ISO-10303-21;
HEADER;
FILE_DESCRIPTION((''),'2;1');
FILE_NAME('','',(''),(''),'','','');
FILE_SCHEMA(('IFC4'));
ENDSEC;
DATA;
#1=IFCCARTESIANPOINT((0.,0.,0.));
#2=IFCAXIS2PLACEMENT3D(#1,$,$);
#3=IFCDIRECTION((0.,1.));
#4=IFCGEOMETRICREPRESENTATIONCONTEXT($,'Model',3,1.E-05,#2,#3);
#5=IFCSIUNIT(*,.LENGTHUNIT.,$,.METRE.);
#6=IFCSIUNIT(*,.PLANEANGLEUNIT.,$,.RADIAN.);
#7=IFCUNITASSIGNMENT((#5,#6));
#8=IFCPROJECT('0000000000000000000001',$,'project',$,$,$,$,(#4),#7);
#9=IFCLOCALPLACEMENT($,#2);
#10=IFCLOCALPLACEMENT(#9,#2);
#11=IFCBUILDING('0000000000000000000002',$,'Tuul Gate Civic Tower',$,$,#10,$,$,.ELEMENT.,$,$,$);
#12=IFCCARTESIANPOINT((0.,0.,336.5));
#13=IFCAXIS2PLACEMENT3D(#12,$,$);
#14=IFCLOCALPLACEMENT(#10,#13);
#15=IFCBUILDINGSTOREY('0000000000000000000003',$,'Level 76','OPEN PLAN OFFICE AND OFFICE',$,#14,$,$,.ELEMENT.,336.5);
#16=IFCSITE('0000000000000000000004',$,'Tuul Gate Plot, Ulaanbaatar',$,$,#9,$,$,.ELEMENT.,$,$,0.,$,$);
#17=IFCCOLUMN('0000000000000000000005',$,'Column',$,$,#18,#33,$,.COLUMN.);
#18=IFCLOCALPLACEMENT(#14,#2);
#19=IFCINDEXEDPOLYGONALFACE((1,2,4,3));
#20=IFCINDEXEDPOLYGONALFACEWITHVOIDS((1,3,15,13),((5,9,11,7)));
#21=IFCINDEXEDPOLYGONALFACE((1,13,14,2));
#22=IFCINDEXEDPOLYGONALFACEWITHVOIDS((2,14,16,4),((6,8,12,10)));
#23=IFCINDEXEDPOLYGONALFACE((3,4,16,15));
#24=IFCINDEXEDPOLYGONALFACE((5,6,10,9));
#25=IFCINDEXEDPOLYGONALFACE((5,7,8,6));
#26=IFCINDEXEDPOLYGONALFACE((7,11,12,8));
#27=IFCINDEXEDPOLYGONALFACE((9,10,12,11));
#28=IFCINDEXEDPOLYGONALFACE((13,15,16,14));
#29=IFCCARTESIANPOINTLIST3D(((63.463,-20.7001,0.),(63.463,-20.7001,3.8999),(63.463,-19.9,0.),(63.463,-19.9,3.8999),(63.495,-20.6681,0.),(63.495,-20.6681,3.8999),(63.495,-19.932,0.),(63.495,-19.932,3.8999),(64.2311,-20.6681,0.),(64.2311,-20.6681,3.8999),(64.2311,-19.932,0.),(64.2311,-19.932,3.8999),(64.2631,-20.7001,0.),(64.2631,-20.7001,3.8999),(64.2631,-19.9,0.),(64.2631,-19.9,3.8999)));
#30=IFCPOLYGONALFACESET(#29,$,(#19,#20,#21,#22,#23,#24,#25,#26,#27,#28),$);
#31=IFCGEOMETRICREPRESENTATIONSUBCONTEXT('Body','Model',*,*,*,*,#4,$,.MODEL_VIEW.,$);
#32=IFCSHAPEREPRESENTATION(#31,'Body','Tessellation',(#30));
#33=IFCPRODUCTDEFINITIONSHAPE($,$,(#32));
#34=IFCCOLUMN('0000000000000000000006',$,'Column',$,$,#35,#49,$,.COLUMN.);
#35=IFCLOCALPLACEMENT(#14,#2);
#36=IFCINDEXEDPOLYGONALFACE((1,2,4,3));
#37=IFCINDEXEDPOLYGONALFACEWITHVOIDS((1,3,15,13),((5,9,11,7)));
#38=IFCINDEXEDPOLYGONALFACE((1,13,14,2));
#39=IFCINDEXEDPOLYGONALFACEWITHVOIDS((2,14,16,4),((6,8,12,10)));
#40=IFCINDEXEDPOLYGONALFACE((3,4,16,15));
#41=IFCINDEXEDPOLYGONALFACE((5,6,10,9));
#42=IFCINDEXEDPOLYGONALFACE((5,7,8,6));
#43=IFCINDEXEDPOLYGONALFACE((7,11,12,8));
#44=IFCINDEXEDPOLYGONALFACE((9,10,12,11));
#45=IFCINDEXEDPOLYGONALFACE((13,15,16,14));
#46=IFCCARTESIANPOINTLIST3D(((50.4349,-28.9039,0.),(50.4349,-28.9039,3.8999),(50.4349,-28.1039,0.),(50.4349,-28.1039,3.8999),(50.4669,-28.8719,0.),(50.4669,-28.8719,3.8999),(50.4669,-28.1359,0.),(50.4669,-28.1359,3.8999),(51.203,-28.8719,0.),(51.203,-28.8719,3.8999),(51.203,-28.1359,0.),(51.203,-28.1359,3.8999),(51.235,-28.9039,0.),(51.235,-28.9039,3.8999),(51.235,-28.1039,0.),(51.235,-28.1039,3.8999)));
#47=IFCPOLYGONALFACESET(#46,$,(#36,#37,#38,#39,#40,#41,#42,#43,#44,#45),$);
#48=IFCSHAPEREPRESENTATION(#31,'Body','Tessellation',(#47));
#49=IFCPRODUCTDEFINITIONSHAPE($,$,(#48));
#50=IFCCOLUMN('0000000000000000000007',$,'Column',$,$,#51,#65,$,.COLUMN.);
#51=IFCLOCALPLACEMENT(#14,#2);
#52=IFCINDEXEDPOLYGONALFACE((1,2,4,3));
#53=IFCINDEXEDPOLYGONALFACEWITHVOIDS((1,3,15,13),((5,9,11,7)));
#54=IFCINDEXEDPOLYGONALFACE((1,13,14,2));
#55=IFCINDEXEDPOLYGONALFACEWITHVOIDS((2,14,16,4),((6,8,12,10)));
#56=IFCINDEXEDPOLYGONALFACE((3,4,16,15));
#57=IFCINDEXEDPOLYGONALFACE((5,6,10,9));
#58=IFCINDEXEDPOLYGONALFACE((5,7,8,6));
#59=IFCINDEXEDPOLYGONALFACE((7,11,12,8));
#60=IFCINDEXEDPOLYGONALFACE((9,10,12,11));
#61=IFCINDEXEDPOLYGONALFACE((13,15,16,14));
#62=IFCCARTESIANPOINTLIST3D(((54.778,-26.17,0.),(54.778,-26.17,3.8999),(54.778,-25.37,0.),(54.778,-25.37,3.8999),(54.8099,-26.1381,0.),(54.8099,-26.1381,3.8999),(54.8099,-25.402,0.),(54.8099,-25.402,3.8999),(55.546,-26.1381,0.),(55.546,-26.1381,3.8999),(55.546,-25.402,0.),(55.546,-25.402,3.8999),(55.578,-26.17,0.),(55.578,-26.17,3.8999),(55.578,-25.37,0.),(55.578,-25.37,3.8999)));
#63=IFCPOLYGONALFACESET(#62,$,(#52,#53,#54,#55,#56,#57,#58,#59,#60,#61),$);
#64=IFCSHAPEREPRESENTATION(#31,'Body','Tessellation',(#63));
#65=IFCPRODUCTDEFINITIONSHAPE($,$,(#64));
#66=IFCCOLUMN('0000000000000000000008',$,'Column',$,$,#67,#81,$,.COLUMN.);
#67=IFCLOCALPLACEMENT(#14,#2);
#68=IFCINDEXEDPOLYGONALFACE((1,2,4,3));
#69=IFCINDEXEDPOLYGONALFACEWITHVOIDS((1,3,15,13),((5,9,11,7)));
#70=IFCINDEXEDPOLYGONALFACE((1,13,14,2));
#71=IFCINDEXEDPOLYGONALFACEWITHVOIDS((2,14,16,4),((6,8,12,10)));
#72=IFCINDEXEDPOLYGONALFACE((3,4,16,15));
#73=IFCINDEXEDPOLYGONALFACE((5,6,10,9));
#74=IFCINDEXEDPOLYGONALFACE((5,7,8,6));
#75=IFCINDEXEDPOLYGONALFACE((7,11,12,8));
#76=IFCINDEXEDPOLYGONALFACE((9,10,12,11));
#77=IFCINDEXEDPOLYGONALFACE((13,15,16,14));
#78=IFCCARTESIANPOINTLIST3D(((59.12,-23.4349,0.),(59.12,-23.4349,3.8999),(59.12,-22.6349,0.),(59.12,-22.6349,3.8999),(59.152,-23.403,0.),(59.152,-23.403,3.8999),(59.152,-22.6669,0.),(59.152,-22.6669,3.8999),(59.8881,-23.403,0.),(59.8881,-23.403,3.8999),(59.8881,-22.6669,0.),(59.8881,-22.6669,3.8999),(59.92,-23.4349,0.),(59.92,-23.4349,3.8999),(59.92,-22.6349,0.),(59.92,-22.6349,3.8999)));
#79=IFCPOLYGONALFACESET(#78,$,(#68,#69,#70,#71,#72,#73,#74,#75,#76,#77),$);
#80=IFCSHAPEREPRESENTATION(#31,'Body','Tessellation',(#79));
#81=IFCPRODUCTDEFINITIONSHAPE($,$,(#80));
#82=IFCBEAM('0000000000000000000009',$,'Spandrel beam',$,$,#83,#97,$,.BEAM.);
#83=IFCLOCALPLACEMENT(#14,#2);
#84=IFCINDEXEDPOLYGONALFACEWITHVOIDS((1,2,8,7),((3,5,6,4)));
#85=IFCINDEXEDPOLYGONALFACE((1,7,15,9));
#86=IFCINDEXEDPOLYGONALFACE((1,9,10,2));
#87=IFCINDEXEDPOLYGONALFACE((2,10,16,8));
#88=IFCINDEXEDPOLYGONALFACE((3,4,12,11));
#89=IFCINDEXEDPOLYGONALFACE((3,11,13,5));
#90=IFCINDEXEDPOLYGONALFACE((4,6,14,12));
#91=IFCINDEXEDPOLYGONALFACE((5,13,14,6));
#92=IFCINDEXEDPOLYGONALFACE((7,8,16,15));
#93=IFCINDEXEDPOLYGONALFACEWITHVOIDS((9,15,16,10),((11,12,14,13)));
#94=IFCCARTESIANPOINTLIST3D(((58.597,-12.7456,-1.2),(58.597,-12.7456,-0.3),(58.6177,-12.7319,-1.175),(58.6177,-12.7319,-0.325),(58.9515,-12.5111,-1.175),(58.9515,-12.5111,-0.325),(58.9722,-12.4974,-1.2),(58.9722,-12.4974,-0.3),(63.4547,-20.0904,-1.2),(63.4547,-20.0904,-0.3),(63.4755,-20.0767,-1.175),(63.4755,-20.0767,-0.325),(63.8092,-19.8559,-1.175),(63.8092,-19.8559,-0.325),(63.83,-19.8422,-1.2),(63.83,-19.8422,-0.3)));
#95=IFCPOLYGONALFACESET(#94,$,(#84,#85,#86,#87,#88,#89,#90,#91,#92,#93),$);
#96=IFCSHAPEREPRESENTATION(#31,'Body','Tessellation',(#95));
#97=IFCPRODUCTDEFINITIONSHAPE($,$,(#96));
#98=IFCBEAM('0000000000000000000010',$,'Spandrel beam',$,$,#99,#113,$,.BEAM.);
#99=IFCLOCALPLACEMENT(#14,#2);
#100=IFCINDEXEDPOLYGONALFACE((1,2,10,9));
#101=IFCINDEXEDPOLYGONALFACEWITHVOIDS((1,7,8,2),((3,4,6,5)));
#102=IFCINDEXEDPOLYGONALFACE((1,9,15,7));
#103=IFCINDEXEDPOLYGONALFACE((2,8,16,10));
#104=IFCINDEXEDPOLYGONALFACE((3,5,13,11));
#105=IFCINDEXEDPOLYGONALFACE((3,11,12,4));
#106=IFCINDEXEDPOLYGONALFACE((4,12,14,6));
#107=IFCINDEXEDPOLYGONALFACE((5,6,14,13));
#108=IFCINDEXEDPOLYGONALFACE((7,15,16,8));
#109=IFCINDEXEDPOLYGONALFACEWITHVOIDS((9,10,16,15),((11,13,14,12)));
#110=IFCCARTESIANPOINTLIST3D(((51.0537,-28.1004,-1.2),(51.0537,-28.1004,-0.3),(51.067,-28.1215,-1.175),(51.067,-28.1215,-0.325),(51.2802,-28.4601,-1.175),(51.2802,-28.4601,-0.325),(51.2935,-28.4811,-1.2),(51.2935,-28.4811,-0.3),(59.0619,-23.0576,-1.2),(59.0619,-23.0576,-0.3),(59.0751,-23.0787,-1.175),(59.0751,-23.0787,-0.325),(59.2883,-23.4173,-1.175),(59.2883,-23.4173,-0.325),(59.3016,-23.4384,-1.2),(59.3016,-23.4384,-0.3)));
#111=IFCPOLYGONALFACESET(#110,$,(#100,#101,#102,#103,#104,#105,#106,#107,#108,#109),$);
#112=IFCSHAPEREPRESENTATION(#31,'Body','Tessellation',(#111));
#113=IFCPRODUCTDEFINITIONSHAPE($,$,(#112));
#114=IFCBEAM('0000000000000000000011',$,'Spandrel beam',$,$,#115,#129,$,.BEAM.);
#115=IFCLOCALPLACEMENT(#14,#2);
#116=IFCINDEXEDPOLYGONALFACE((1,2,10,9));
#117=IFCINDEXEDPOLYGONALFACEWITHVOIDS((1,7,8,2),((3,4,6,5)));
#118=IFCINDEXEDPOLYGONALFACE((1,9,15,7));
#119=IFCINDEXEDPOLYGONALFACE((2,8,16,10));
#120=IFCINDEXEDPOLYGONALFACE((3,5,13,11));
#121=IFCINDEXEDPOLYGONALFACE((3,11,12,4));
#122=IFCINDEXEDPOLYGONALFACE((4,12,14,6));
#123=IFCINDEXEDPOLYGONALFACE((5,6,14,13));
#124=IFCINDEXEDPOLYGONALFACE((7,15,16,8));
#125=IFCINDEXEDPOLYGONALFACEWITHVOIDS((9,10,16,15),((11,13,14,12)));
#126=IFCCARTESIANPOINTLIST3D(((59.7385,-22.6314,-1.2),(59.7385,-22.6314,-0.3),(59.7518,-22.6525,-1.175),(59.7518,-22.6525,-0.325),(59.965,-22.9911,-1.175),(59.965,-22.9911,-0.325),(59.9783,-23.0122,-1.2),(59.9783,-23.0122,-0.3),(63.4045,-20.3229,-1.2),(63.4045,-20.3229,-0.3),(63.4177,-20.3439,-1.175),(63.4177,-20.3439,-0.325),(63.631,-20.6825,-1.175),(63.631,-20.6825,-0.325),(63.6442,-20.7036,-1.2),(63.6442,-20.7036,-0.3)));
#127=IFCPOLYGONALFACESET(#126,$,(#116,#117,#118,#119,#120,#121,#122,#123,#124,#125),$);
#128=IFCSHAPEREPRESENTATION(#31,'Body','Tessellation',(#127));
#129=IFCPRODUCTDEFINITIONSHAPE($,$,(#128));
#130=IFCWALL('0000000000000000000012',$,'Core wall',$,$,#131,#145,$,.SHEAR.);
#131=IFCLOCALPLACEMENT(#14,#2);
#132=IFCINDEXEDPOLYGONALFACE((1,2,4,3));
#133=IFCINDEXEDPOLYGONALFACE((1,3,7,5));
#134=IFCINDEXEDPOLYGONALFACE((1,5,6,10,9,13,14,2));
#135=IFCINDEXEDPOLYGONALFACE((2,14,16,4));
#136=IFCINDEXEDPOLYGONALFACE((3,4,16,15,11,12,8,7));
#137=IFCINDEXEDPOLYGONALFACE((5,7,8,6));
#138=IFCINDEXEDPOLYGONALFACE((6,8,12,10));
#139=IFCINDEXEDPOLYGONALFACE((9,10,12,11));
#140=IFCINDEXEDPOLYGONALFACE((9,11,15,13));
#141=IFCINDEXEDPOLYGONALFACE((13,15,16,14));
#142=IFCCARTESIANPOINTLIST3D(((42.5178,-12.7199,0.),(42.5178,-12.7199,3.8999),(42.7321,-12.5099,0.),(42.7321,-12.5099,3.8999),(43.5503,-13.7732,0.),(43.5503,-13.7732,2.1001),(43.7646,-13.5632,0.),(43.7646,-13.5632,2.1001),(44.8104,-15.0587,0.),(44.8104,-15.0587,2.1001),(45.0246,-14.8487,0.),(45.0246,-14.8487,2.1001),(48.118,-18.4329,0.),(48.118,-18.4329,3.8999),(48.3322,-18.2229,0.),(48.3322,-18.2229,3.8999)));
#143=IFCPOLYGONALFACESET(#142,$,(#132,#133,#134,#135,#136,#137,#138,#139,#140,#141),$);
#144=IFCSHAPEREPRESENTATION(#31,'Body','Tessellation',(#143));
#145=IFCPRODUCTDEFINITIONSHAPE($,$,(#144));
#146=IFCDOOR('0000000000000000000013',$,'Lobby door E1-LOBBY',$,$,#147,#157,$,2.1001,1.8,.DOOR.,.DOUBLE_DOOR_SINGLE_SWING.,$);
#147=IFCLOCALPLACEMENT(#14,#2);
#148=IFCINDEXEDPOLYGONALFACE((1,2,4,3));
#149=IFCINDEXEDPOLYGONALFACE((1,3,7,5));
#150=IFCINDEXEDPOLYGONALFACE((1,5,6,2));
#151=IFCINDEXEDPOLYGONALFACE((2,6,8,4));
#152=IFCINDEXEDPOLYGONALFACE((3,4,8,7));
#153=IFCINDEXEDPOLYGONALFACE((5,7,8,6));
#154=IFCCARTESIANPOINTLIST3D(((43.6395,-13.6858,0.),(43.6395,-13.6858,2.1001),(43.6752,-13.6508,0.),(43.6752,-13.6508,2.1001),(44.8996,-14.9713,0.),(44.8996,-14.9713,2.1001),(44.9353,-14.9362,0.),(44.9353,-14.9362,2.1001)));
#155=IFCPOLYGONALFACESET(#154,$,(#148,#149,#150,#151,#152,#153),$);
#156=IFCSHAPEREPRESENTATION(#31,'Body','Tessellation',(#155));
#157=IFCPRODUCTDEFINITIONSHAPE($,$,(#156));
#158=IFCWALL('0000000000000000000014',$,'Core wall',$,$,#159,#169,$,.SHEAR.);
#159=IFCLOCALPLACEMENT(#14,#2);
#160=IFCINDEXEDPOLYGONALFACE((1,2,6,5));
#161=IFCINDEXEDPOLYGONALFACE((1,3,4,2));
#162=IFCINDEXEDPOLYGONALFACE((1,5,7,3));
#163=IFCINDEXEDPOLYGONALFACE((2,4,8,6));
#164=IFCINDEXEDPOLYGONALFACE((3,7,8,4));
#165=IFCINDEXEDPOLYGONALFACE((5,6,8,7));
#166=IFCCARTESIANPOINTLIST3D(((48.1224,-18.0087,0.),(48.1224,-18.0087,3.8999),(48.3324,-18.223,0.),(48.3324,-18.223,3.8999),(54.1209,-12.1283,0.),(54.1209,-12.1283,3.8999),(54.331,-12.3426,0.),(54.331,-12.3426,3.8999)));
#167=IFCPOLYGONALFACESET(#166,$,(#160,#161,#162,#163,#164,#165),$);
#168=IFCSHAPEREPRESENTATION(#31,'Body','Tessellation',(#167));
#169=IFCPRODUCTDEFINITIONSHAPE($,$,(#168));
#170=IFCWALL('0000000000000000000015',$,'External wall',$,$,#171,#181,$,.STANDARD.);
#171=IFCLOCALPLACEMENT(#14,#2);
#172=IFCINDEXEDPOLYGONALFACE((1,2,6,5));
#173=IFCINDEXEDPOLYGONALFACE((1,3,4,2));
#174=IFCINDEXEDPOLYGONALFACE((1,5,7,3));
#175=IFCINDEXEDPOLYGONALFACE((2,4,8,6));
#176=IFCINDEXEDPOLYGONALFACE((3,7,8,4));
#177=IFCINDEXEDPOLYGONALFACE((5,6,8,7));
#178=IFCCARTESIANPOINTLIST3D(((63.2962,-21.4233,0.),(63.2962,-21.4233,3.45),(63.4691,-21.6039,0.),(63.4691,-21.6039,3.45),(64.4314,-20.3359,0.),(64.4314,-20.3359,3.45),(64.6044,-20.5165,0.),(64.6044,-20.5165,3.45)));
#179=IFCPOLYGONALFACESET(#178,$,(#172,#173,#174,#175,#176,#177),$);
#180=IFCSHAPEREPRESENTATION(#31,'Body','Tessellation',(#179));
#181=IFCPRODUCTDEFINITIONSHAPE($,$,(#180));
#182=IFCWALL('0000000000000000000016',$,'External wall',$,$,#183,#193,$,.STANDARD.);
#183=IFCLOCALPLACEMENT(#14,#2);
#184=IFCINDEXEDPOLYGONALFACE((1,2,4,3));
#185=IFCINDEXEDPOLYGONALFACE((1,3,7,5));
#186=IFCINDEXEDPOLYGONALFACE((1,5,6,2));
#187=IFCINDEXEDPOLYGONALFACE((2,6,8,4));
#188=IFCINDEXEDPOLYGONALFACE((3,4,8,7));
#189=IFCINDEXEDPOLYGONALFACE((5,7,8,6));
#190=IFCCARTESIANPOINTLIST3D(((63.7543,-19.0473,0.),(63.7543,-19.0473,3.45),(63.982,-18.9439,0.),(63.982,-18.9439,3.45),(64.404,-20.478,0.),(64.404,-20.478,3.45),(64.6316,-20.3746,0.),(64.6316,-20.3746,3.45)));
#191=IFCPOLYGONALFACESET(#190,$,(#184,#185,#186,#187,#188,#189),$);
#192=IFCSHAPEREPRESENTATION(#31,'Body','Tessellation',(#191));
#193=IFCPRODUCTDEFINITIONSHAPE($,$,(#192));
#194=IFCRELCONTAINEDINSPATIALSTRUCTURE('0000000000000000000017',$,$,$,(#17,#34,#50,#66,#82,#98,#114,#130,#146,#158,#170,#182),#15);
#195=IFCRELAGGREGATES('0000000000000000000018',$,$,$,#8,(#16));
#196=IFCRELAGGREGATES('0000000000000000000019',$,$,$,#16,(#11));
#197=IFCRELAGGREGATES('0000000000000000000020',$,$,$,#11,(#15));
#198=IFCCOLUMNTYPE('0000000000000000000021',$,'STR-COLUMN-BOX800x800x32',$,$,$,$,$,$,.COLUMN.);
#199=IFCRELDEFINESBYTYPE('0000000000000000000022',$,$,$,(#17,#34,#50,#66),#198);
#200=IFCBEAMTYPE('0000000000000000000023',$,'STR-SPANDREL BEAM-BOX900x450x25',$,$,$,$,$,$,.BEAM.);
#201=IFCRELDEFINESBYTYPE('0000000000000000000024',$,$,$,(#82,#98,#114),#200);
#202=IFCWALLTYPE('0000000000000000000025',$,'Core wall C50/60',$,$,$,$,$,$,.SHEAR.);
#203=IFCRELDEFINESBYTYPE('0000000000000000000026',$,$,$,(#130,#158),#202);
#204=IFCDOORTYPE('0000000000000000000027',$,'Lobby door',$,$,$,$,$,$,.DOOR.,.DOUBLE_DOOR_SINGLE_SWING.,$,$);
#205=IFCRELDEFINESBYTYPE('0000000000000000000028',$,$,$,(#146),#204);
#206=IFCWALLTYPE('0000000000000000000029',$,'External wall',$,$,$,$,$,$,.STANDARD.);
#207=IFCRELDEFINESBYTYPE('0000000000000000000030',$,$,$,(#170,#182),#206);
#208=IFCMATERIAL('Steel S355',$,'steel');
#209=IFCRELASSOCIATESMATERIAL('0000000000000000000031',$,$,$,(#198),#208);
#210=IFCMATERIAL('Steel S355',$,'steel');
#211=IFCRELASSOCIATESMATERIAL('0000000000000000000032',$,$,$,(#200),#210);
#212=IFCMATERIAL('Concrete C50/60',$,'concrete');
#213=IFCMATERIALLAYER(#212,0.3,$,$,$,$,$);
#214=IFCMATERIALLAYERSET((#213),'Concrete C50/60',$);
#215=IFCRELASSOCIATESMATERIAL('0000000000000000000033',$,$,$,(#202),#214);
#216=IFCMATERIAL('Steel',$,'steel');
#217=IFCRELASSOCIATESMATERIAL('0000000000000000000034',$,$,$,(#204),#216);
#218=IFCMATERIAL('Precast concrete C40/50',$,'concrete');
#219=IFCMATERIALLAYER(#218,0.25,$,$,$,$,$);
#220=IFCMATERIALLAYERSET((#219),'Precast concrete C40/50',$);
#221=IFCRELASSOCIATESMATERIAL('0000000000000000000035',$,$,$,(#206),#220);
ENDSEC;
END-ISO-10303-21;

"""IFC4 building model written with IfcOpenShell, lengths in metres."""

from ifc_helpers import new_model, si_unit, direction, frame, frame_2d, origin, origin_2d, place, context, subcontext, project, spatial, rectangle, hollow_rectangle, extrude, material, layer, layer_set, material_profile, profile_set, type_object, element, fill, save


model = new_model("IFC4")

# Units and contexts
model_context = context("Model", 3, precision=1e-05, world=origin(), true_north=direction((0.0, 1.0)))
body_context = subcontext(model_context, "Body", "Model", "MODEL_VIEW")
ifc_project = project(units=[si_unit("LENGTHUNIT", "METRE"), si_unit("PLANEANGLEUNIT", "RADIAN")], contexts=[model_context])

# Site, building, storey
site_placement = place(None, origin())
site = spatial("IfcSite", under=ifc_project, at=site_placement, Name="Tuul Gate Plot, Ulaanbaatar", CompositionType="ELEMENT", RefElevation=0.0)
building_placement = place(site_placement, origin())
building = spatial("IfcBuilding", under=site, at=building_placement, Name="Tuul Gate Civic Tower", CompositionType="ELEMENT")
storey_placement = place(building_placement, frame((0.0, 0.0, 336.5)))
storey = spatial("IfcBuildingStorey", under=building, at=storey_placement, Name="Level 76", Description="OPEN PLAN OFFICE AND OFFICE", CompositionType="ELEMENT", Elevation=336.5)

# Columns
ifc_material_1 = material(Name="Steel S355", Category="steel")
ifc_material_profile_1 = material_profile(ifc_material_1, hollow_rectangle(XDim=0.8, YDim=0.8, WallThickness=0.032, at=origin_2d()), Name="BOX800x800x32")
ifc_profile_set_1 = profile_set([ifc_material_profile_1], Name="Steel S355")
column_type = type_object("IfcColumnType", Name="STR-COLUMN-BOX800x800x32", PredefinedType="COLUMN", material=ifc_profile_set_1)
for number, where, z_axis, x_axis, name in (
    (1, (63.863, -20.3, 0.0), (0.0, 0.0, 1.0), (1.0, 0.0, 0.0), "Column"),
    (2, (50.835, -28.5039, 0.0), (0.0, 0.0, 1.0), (1.0, 0.0, 0.0), "Column"),
    (3, (55.178, -25.77, 0.0), (0.0, 0.0, 1.0), (1.0, 0.0, 0.0), "Column"),
    (4, (59.52, -23.0349, 0.0), (0.0, 0.0, 1.0), (1.0, 0.0, 0.0), "Column"),
):
    element("IfcColumn", number, at=place(storey_placement, frame(where, z_axis=z_axis, x_axis=x_axis)), inside=storey, type_object=column_type, Name=name, PredefinedType="COLUMN", context=body_context, shape_type="SweptSolid", body=[
        extrude(hollow_rectangle(XDim=0.8, YDim=0.8, WallThickness=0.032, at=origin_2d()), origin(), (0.0, 0.0, 1.0), 3.8999),
    ])

# Beams
ifc_material_2 = material(Name="Steel S355", Category="steel")
ifc_material_profile_2 = material_profile(ifc_material_2, hollow_rectangle(XDim=0.45, YDim=0.8999, WallThickness=0.0249, at=origin_2d()), Name="BOX900x450x25")
ifc_profile_set_2 = profile_set([ifc_material_profile_2], Name="Steel S355")
beam_type = type_object("IfcBeamType", Name="STR-SPANDREL BEAM-BOX900x450x25", PredefinedType="BEAM", material=ifc_profile_set_2)
beam_1_placement = place(storey_placement, frame((63.6423, -19.9663, -0.75), z_axis=(-0.551645, 0.834079, 0.0), x_axis=(-0.834079, -0.551645, 0.0)))
element("IfcBeam", 5, at=beam_1_placement, inside=storey, type_object=beam_type, Name="Spandrel beam", PredefinedType="BEAM", context=body_context, shape_type="SweptSolid", body=[
    extrude(hollow_rectangle(XDim=0.45, YDim=0.8999, WallThickness=0.0249, at=origin_2d()), origin(), (0.0, 0.0, 1.0), 8.8059),
])
beam_2_placement = place(storey_placement, frame((51.1736, -28.2908, -0.75), z_axis=(0.846204, 0.53286, 0.0), x_axis=(-0.53286, 0.846204, 0.0)))
element("IfcBeam", 6, at=beam_2_placement, inside=storey, type_object=beam_type, Name="Spandrel beam", PredefinedType="BEAM", context=body_context, shape_type="SweptSolid", body=[
    extrude(hollow_rectangle(XDim=0.45, YDim=0.8999, WallThickness=0.0249, at=origin_2d()), origin(), (0.0, 0.0, 1.0), 9.4636),
])
beam_3_placement = place(storey_placement, frame((59.8584, -22.8218, -0.75), z_axis=(0.846195, 0.532873, 0.0), x_axis=(-0.532873, 0.846195, 0.0)))
element("IfcBeam", 7, at=beam_3_placement, inside=storey, type_object=beam_type, Name="Spandrel beam", PredefinedType="BEAM", context=body_context, shape_type="SweptSolid", body=[
    extrude(hollow_rectangle(XDim=0.45, YDim=0.8999, WallThickness=0.0249, at=origin_2d()), origin(), (0.0, 0.0, 1.0), 4.3323),
])

# Wall, opening, door
ifc_material_3 = material(Name="Concrete C50/60", Category="concrete")
ifc_layer_1 = layer(ifc_material_3, 0.3)
ifc_layer_set_1 = layer_set([ifc_layer_1], Name="Concrete C50/60")
wall_type_1 = type_object("IfcWallType", Name="Core wall C50/60", PredefinedType="SHEAR", material=ifc_layer_set_1)
wall_1_placement = place(storey_placement, frame((48.2251, -18.3279, 0.0), z_axis=(0.0, 0.0, 1.0), x_axis=(-0.700022, 0.714121, 0.0)))
wall_1 = element("IfcWall", 8, at=wall_1_placement, inside=storey, type_object=wall_type_1, Name="Core wall", PredefinedType="SHEAR", context=body_context, shape_type="SweptSolid", body=[
    extrude(rectangle(XDim=8.0, YDim=0.3, at=frame_2d((4.0, 0.0))), origin(), (0.0, 0.0, 1.0), 3.8999),
])
opening_1_placement = place(wall_1_placement, frame((4.7251, 0.0, 0.0)))
opening_1 = element("IfcOpeningElement", 9, at=opening_1_placement, cuts=wall_1, PredefinedType="OPENING", context=body_context, shape_type="SweptSolid", body=[
    extrude(rectangle(XDim=1.8, YDim=2.1001, at=frame_2d((0.8999, 1.05))), frame((0.0, 0.1602, 0.0), z_axis=(0.0, -1.0, 0.0), x_axis=(1.0, 0.0, 0.0)), (0.0, 0.0, 1.0), 0.3201),
])
ifc_material_4 = material(Name="Steel", Category="steel")
door_type = type_object("IfcDoorType", Name="Lobby door", OperationType="DOUBLE_DOOR_SINGLE_SWING", PredefinedType="DOOR", material=ifc_material_4)
door_placement = place(opening_1_placement, frame((1.8, 0.0, 0.0), z_axis=(0.0, 0.0, 1.0), x_axis=(-1.0, 0.0, 0.0)))
door = element("IfcDoor", 10, at=door_placement, inside=storey, type_object=door_type, Name="Lobby door E1-LOBBY", OperationType="DOUBLE_DOOR_SINGLE_SWING", OverallHeight=2.1001, OverallWidth=1.8, PredefinedType="DOOR", context=body_context, shape_type="SweptSolid", body=[
    extrude(rectangle(XDim=1.8, YDim=2.1001, at=frame_2d((0.9001, 1.05))), frame((0.0, 0.0249, 0.0), z_axis=(0.0, -1.0, 0.0), x_axis=(1.0, 0.0, 0.0)), (0.0, 0.0, 1.0), 0.05),
])
fill(opening_1, door)

# Walls
wall_2_placement = place(storey_placement, frame((48.2273, -18.116, 0.0), z_axis=(0.0, 0.0, 1.0), x_axis=(0.714105, 0.700038, 0.0)))
element("IfcWall", 11, at=wall_2_placement, inside=storey, type_object=wall_type_1, Name="Core wall", PredefinedType="SHEAR", context=body_context, shape_type="SweptSolid", body=[
    extrude(rectangle(XDim=8.4001, YDim=0.3, at=frame_2d((4.2002, 0.0))), origin(), (0.0, 0.0, 1.0), 3.8999),
])
ifc_material_5 = material(Name="Precast concrete C40/50", Category="concrete")
ifc_layer_2 = layer(ifc_material_5, 0.25)
ifc_layer_set_2 = layer_set([ifc_layer_2], Name="Precast concrete C40/50")
wall_type_2 = type_object("IfcWallType", Name="External wall", PredefinedType="STANDARD", material=ifc_layer_set_2)
wall_3_placement = place(storey_placement, frame((63.3826, -21.5137, 0.0), z_axis=(0.0, 0.0, 1.0), x_axis=(0.722163, 0.691723, 0.0)))
element("IfcWall", 12, at=wall_3_placement, inside=storey, type_object=wall_type_2, Name="External wall", PredefinedType="STANDARD", context=body_context, shape_type="SweptSolid", body=[
    extrude(rectangle(XDim=1.572, YDim=0.25, at=frame_2d((0.7861, 0.0))), origin(), (0.0, 0.0, 1.0), 3.45),
])
wall_4_placement = place(storey_placement, frame((64.5178, -20.4263, 0.0), z_axis=(0.0, 0.0, 1.0), x_axis=(-0.413463, 0.910521, 0.0)))
element("IfcWall", 13, at=wall_4_placement, inside=storey, type_object=wall_type_2, Name="External wall", PredefinedType="STANDARD", context=body_context, shape_type="SweptSolid", body=[
    extrude(rectangle(XDim=1.5713, YDim=0.25, at=frame_2d((0.7856, 0.0))), origin(), (0.0, 0.0, 1.0), 3.45),
])

save(model, "model.ifc")
